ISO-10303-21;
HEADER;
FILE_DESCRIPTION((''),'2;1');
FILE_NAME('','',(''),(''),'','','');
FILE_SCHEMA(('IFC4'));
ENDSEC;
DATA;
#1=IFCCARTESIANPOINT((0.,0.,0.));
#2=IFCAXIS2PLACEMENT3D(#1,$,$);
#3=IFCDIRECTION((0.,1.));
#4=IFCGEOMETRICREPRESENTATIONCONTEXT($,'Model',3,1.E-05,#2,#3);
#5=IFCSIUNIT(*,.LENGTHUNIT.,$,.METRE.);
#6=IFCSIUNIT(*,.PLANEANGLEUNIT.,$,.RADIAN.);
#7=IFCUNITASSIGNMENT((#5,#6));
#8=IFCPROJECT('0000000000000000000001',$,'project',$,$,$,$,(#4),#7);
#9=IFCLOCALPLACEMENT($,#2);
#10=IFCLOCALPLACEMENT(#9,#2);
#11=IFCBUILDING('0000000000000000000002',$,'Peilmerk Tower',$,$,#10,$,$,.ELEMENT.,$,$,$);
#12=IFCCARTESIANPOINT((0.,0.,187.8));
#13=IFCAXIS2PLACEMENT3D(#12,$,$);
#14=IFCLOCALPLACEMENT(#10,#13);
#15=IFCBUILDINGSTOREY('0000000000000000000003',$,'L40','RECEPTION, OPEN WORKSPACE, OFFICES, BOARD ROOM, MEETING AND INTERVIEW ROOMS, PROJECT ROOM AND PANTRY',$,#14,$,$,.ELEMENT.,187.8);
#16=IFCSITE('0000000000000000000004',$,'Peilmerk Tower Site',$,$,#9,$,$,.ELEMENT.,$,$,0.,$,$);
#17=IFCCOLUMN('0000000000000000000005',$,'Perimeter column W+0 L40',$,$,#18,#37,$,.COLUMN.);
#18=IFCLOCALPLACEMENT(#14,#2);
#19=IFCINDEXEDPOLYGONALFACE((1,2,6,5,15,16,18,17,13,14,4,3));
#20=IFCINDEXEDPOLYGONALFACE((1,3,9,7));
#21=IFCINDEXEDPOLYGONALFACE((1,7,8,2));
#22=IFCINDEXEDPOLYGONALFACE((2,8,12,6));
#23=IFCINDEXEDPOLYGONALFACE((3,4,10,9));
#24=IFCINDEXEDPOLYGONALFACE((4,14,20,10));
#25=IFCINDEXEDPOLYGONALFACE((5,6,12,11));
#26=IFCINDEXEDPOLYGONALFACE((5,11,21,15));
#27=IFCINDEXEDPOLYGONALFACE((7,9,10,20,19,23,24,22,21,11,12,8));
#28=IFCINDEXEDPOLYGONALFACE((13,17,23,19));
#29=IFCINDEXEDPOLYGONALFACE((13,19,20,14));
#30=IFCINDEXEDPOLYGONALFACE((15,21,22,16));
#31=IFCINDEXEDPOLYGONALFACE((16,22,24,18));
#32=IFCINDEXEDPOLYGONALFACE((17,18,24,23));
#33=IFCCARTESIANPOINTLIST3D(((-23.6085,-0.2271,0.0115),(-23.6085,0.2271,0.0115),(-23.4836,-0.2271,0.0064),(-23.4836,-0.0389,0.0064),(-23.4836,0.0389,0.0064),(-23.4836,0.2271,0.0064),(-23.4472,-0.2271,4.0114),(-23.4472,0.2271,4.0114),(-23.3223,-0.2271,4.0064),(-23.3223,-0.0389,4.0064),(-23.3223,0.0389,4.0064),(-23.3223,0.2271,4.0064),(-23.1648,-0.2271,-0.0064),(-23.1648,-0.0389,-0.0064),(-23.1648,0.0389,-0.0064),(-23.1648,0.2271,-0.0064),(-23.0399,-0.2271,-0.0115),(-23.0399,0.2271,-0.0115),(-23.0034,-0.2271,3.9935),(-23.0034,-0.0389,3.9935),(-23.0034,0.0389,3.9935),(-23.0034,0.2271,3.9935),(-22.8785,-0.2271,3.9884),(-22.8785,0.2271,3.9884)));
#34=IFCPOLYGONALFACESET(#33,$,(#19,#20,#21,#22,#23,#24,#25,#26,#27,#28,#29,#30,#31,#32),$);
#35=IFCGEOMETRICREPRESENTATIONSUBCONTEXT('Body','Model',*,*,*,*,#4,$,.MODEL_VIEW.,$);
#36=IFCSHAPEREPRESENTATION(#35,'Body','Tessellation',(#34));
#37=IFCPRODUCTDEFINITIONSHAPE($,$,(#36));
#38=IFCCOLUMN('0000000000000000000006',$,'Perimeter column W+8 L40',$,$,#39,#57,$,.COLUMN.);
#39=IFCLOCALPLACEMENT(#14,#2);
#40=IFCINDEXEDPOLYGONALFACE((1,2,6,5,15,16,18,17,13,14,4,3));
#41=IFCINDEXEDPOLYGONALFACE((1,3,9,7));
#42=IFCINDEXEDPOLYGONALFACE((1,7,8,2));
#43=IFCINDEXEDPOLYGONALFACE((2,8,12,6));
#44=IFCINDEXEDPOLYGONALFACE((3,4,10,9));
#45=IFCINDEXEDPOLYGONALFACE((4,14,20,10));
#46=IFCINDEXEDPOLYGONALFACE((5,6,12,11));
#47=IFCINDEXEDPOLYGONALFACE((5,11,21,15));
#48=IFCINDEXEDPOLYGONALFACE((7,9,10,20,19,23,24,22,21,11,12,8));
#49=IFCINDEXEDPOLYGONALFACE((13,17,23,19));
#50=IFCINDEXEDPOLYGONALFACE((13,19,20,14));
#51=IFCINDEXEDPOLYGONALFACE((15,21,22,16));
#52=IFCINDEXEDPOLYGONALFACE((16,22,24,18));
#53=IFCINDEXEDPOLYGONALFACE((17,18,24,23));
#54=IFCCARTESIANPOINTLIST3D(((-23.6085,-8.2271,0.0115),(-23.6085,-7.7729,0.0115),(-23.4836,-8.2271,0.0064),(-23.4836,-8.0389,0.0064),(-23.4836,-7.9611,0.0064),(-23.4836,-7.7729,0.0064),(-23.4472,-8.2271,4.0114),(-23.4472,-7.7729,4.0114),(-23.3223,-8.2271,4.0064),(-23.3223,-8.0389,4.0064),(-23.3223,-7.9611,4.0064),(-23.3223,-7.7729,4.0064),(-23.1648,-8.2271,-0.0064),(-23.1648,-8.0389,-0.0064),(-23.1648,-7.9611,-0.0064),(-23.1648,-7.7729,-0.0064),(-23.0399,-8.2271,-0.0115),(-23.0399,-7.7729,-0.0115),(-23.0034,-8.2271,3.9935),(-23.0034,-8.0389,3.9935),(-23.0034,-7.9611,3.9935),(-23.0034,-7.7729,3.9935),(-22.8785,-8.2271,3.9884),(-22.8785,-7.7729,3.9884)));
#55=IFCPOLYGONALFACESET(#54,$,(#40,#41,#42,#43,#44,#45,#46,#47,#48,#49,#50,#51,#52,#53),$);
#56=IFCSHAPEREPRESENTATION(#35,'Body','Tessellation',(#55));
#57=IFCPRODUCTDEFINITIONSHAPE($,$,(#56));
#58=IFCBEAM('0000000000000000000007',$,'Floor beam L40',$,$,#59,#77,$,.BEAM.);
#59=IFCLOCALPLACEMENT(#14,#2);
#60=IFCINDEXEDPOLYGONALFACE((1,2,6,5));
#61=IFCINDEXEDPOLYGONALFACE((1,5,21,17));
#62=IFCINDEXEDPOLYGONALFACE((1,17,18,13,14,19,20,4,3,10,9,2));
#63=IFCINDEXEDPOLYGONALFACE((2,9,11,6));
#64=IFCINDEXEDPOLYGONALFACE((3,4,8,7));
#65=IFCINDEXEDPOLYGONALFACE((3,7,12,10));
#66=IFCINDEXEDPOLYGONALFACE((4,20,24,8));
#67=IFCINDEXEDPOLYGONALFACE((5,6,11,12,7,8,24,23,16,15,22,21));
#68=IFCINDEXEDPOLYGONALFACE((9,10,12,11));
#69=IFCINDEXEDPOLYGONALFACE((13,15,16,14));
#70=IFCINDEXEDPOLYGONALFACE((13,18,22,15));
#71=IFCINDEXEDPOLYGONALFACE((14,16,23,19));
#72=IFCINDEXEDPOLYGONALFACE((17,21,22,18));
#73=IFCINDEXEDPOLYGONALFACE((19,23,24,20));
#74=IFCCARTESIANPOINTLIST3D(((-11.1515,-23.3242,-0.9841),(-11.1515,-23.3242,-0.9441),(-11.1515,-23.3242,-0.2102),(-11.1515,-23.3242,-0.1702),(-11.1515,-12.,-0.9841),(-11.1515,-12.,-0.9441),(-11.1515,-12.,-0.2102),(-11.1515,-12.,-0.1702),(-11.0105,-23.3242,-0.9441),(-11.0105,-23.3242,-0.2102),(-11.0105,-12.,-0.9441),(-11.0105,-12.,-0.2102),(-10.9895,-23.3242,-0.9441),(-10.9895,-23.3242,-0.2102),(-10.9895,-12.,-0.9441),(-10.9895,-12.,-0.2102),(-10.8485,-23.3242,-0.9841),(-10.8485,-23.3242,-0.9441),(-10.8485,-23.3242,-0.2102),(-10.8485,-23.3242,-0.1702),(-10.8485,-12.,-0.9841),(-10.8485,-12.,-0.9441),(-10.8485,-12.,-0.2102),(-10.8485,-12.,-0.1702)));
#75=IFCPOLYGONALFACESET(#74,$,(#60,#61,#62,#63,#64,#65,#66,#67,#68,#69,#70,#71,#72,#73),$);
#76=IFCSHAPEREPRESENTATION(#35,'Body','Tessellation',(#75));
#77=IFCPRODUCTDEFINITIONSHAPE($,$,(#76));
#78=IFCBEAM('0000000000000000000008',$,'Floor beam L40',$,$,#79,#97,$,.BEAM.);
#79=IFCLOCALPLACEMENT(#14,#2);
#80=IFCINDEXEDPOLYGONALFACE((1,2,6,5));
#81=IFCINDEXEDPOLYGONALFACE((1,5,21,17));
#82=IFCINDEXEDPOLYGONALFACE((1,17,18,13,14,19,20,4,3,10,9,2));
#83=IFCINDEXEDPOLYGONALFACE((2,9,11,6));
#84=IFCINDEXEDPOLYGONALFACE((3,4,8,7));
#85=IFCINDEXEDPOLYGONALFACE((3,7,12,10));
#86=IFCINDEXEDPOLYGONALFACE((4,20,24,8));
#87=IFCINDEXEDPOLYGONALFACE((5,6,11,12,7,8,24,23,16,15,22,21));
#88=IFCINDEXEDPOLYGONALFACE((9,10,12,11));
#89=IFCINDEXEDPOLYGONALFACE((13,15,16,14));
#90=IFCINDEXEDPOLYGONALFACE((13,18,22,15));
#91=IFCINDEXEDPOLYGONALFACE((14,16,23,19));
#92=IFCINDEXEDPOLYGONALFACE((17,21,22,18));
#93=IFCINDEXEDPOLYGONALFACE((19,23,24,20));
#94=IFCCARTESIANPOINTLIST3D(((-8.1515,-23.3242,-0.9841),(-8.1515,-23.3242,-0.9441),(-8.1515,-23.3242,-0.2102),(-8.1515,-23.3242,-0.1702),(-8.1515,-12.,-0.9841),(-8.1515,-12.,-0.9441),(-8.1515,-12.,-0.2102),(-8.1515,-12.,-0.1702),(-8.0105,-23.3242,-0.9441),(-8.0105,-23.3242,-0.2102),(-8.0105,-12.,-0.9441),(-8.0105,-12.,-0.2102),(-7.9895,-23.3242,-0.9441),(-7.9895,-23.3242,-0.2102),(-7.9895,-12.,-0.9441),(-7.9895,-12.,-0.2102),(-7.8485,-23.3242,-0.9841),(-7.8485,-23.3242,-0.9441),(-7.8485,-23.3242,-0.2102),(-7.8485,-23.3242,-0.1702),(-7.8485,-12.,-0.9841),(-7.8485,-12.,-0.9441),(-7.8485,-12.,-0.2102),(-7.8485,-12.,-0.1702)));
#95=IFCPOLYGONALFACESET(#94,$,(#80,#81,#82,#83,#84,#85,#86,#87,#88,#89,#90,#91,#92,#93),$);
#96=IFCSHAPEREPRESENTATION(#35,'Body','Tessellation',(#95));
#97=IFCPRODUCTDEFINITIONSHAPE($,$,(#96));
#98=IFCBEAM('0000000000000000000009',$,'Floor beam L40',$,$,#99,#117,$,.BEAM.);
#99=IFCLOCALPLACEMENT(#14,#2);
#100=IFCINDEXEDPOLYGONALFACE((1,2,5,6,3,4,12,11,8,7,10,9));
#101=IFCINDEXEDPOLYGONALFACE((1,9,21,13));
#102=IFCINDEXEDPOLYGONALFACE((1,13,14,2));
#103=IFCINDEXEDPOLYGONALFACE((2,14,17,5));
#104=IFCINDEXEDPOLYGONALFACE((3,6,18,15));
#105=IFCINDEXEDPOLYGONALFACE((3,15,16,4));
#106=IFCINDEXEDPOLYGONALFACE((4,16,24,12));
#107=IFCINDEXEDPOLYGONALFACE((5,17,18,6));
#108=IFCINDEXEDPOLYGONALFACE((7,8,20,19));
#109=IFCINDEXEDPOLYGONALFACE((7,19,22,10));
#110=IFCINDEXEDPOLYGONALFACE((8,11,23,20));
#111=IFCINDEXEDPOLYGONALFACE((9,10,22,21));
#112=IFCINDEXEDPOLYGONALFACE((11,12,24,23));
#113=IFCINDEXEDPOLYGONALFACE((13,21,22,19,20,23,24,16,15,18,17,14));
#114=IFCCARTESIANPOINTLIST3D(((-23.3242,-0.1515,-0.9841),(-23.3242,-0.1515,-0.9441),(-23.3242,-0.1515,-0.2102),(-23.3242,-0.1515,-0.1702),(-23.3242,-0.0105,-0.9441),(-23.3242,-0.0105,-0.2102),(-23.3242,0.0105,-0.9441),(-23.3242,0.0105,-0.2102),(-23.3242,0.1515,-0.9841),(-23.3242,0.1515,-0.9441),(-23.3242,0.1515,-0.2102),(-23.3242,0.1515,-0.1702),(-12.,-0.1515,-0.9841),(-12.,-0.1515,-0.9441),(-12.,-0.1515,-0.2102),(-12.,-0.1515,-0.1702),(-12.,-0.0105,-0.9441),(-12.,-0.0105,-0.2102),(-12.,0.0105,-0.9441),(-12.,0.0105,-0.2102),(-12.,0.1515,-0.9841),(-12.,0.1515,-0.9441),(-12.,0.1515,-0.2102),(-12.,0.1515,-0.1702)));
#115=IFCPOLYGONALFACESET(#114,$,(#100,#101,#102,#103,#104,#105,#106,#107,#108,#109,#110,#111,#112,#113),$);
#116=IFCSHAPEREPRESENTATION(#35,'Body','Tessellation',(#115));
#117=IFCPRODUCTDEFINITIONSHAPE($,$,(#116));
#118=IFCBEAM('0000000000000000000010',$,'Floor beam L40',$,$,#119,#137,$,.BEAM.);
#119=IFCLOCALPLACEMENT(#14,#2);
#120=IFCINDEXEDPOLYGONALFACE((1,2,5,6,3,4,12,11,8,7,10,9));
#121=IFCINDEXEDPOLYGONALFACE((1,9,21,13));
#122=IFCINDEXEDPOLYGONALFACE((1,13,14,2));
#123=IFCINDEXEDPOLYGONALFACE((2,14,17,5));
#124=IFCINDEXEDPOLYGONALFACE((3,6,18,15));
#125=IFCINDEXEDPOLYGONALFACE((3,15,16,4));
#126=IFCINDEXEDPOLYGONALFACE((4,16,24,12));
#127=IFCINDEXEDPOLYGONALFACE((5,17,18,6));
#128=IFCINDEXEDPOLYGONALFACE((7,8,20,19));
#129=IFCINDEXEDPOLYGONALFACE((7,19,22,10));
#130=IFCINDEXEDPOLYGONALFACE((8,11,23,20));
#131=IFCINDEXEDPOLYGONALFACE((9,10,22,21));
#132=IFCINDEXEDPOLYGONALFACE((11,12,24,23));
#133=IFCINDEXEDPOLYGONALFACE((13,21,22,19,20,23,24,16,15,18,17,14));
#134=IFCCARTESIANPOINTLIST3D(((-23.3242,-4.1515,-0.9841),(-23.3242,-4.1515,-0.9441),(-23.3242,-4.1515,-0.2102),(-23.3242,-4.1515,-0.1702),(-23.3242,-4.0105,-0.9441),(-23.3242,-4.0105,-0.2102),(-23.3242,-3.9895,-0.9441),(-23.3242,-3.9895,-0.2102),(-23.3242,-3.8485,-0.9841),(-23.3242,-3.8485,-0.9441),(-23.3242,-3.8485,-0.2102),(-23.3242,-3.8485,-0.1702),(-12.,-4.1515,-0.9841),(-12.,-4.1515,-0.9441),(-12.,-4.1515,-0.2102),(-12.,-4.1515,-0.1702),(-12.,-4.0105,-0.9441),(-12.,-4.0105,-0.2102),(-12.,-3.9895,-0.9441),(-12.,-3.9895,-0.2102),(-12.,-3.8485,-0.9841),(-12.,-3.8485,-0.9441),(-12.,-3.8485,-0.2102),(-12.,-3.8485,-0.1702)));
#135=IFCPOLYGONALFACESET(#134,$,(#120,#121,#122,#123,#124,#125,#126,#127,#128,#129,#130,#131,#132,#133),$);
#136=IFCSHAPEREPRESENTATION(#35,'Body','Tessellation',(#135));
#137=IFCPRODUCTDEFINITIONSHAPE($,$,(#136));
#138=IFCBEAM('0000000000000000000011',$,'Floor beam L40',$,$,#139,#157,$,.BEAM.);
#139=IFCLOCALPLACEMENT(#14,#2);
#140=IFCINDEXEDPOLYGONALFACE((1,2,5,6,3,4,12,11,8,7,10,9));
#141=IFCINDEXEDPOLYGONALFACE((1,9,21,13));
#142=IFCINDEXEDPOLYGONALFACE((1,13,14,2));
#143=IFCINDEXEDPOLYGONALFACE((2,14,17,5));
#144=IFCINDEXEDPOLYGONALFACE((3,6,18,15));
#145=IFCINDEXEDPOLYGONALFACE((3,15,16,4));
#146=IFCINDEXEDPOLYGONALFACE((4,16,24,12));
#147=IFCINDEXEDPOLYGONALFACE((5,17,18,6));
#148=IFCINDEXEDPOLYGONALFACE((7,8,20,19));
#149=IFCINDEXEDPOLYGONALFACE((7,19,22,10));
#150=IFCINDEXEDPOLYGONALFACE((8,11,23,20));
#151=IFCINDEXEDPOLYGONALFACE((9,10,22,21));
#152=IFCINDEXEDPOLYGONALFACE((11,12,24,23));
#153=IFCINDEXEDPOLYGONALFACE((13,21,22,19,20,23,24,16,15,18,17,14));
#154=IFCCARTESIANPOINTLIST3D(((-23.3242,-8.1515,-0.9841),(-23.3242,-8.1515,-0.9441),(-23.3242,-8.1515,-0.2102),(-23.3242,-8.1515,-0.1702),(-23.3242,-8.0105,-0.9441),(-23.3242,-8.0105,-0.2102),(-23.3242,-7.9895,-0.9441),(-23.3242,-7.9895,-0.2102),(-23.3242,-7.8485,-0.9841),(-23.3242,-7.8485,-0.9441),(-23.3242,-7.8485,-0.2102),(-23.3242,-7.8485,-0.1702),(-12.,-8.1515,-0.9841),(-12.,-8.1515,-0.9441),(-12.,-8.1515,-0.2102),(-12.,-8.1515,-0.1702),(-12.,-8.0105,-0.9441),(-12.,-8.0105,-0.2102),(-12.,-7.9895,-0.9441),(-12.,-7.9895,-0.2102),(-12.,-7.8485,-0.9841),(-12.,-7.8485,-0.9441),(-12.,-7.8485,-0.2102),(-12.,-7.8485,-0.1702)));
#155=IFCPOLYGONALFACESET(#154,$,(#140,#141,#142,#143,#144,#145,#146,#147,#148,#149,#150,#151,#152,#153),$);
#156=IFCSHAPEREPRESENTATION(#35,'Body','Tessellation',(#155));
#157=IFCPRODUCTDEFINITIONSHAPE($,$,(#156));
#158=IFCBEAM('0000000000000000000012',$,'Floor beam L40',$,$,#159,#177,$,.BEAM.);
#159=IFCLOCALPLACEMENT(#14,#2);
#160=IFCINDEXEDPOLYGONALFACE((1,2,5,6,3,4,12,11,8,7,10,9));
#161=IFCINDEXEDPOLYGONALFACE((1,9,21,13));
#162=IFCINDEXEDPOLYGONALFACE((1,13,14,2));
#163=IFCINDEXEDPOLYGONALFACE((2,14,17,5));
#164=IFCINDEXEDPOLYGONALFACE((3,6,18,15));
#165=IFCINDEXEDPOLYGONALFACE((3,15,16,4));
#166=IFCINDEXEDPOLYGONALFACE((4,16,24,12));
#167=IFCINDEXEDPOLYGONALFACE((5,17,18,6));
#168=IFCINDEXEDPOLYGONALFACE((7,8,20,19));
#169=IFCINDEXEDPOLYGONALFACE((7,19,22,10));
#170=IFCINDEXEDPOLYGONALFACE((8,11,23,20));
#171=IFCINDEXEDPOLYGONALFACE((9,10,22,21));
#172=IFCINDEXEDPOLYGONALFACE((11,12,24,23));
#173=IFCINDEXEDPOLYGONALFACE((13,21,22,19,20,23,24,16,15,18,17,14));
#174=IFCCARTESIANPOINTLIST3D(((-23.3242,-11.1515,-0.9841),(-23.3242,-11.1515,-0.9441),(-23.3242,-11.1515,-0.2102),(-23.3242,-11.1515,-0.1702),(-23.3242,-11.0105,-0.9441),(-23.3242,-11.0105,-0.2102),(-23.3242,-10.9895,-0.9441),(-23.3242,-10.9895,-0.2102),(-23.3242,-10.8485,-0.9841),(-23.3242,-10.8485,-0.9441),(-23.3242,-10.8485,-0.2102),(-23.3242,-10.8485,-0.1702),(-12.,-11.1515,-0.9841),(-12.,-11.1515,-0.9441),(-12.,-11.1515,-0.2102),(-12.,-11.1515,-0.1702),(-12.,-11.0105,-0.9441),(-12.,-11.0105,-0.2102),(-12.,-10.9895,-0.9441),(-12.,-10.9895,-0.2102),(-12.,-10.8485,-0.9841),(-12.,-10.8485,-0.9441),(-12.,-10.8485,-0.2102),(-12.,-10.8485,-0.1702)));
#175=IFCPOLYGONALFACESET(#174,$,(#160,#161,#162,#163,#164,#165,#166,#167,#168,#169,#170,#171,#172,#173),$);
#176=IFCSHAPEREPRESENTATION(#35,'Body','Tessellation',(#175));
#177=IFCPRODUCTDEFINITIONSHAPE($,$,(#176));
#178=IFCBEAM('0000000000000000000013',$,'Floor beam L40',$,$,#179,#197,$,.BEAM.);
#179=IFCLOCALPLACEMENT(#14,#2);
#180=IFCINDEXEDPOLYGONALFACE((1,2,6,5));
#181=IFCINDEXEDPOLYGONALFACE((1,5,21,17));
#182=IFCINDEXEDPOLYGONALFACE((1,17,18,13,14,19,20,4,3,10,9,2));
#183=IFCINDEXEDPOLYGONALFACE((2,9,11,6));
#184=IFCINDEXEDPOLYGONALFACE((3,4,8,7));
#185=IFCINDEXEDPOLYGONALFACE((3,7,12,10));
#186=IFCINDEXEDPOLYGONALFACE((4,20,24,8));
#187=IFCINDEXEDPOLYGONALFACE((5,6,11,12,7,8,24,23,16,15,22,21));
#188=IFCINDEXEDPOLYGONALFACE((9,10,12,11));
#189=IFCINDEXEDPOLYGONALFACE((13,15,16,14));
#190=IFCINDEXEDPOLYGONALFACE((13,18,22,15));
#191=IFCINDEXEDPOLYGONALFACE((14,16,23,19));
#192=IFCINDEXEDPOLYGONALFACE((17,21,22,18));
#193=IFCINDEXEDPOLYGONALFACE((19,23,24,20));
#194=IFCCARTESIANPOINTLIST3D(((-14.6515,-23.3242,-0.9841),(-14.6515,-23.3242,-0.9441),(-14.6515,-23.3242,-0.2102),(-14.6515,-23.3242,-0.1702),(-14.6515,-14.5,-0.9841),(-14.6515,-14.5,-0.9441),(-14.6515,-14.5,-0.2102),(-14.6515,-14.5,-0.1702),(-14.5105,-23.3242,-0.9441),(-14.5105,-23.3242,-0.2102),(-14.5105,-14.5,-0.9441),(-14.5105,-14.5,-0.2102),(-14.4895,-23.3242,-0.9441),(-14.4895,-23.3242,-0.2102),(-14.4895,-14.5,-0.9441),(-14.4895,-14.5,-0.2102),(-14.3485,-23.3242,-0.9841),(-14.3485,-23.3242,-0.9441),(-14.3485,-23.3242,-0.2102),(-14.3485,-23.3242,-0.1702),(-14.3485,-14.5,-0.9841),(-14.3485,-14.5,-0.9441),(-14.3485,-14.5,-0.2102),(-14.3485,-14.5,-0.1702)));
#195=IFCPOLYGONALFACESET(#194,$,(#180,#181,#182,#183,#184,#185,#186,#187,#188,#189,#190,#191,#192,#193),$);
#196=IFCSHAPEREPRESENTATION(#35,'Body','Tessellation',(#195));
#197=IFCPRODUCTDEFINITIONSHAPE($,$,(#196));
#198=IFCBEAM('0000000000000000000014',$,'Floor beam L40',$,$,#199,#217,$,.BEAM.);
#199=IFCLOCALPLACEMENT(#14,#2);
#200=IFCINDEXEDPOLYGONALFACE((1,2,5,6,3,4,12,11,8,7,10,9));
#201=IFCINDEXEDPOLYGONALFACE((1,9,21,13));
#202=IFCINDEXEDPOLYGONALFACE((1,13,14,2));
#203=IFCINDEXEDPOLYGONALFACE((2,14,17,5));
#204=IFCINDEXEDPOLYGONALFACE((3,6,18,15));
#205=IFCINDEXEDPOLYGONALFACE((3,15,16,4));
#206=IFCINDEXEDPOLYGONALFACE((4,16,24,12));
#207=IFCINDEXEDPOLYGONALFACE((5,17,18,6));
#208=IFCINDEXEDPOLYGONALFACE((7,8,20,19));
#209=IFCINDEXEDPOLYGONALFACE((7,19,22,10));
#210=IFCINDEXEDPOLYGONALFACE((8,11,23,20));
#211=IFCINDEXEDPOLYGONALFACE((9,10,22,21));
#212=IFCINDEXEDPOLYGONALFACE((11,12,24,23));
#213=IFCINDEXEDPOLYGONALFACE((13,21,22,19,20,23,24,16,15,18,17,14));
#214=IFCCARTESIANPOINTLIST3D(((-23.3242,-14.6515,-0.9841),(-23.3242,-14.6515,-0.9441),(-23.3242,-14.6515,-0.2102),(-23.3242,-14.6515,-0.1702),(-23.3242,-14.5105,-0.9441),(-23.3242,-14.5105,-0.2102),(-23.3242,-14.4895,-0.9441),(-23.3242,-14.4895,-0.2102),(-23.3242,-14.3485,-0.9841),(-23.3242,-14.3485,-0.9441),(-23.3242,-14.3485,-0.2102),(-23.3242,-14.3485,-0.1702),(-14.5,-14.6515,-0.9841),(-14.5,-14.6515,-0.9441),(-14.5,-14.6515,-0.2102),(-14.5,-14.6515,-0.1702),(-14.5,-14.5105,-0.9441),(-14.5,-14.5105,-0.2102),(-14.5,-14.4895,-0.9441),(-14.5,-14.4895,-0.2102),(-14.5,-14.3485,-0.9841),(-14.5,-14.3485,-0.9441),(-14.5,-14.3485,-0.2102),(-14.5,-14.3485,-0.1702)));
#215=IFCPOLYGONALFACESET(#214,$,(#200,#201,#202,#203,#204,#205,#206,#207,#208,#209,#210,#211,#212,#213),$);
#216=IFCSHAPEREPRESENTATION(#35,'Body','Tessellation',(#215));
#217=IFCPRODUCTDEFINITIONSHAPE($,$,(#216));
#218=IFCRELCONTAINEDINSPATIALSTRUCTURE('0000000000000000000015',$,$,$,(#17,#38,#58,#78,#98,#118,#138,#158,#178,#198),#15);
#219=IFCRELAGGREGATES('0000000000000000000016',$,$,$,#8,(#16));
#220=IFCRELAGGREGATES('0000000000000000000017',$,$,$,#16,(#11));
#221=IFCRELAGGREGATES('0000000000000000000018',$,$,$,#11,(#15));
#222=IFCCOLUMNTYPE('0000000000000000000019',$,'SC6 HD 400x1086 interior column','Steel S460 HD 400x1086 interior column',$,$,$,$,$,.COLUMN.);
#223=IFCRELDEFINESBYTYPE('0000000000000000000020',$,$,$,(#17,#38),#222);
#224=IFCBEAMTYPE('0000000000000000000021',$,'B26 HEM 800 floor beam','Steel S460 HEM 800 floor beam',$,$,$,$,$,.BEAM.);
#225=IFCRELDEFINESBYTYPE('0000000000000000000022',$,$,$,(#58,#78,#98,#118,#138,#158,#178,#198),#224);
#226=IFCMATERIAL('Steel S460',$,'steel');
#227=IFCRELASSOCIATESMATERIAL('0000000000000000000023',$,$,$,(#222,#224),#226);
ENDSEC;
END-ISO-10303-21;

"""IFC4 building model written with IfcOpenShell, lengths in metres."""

from ifc_helpers import new_model, si_unit, direction, frame, origin, origin_2d, place, context, subcontext, project, spatial, i_section, extrude, material, material_profile, profile_set, type_object, element, save


model = new_model("IFC4")

# Units and contexts
model_context = context("Model", 3, precision=1e-05, world=origin(), true_north=direction((0.0, 1.0)))
body_context = subcontext(model_context, "Body", "Model", "MODEL_VIEW")
ifc_project = project(units=[si_unit("LENGTHUNIT", "METRE"), si_unit("PLANEANGLEUNIT", "RADIAN")], contexts=[model_context])

# Site, building, storey
site_placement = place(None, origin())
site = spatial("IfcSite", under=ifc_project, at=site_placement, Name="Peilmerk Tower Site", CompositionType="ELEMENT", RefElevation=0.0)
building_placement = place(site_placement, origin())
building = spatial("IfcBuilding", under=site, at=building_placement, Name="Peilmerk Tower", CompositionType="ELEMENT")
storey_placement = place(building_placement, frame((0.0, 0.0, 187.8)))
storey = spatial("IfcBuildingStorey", under=building, at=storey_placement, Name="L40", Description="RECEPTION, OPEN WORKSPACE, OFFICES, BOARD ROOM, MEETING AND INTERVIEW ROOMS, PROJECT ROOM AND PANTRY", CompositionType="ELEMENT", Elevation=187.8)

# Columns
ifc_material_1 = material(Name="Steel S460", Category="steel")
ifc_material_profile_1 = material_profile(ifc_material_1, i_section(OverallWidth=0.4541, OverallDepth=0.5691, WebThickness=0.0779, FlangeThickness=0.125, at=origin_2d()), Name="HD 400x1086")
ifc_profile_set_1 = profile_set([ifc_material_profile_1], Name="Steel S460")
column_type = type_object("IfcColumnType", Name="SC6 HD 400x1086 interior column", Description="Steel S460 HD 400x1086 interior column", PredefinedType="COLUMN", material=ifc_profile_set_1)
for number, where, z_axis, x_axis, name in (
    (1, (-23.3242, 0.0, 0.0), (0.040311, 0.0, 0.999187), (0.0, 1.0, 0.0), "Perimeter column W+0 L40"),
    (2, (-23.3242, -8.0, 0.0), (0.040311, 0.0, 0.999187), (0.0, 1.0, 0.0), "Perimeter column W+8 L40"),
):
    element("IfcColumn", number, at=place(storey_placement, frame(where, z_axis=z_axis, x_axis=x_axis)), inside=storey, type_object=column_type, Name=name, PredefinedType="COLUMN", context=body_context, shape_type="SweptSolid", body=[
        extrude(i_section(OverallWidth=0.4541, OverallDepth=0.5691, WebThickness=0.0779, FlangeThickness=0.125, at=origin_2d()), origin(), (0.0, 0.0, 1.0), 4.0032),
    ])

# Beams
ifc_material_profile_2 = material_profile(ifc_material_1, i_section(OverallWidth=0.303, OverallDepth=0.814, WebThickness=0.021, FlangeThickness=0.04, at=origin_2d()), Name="HEM 800")
ifc_profile_set_2 = profile_set([ifc_material_profile_2], Name="Steel S460")
beam_type_1 = type_object("IfcBeamType", Name="B26 HEM 800 floor beam", Description="Steel S460 HEM 800 floor beam", PredefinedType="BEAM", material=ifc_profile_set_2)
for number, where, z_axis, x_axis, name in (
    (3, (-11.0, -12.0, -0.5771), (0.0, -1.0, 0.0), (1.0, 0.0, 0.0), "Floor beam L40"),
    (4, (-8.0, -12.0, -0.5771), (0.0, -1.0, 0.0), (1.0, 0.0, 0.0), "Floor beam L40"),
    (5, (-12.0, 0.0, -0.5771), (-1.0, 0.0, 0.0), (0.0, -1.0, 0.0), "Floor beam L40"),
    (6, (-12.0, -4.0, -0.5771), (-1.0, 0.0, 0.0), (0.0, -1.0, 0.0), "Floor beam L40"),
    (7, (-12.0, -8.0, -0.5771), (-1.0, 0.0, 0.0), (0.0, -1.0, 0.0), "Floor beam L40"),
    (8, (-12.0, -11.0, -0.5771), (-1.0, 0.0, 0.0), (0.0, -1.0, 0.0), "Floor beam L40"),
):
    element("IfcBeam", number, at=place(storey_placement, frame(where, z_axis=z_axis, x_axis=x_axis)), inside=storey, type_object=beam_type_1, Name=name, PredefinedType="BEAM", context=body_context, shape_type="SweptSolid", body=[
        extrude(i_section(OverallWidth=0.303, OverallDepth=0.814, WebThickness=0.021, FlangeThickness=0.04, at=origin_2d()), origin(), (0.0, 0.0, 1.0), 11.3242),
    ])
for number, where, z_axis, x_axis, name in (
    (9, (-14.5, -14.5, -0.5771), (0.0, -1.0, 0.0), (1.0, 0.0, 0.0), "Floor beam L40"),
    (10, (-14.5, -14.5, -0.5771), (-1.0, 0.0, 0.0), (0.0, -1.0, 0.0), "Floor beam L40"),
):
    element("IfcBeam", number, at=place(storey_placement, frame(where, z_axis=z_axis, x_axis=x_axis)), inside=storey, type_object=beam_type_1, Name=name, PredefinedType="BEAM", context=body_context, shape_type="SweptSolid", body=[
        extrude(i_section(OverallWidth=0.303, OverallDepth=0.814, WebThickness=0.021, FlangeThickness=0.04, at=origin_2d()), origin(), (0.0, 0.0, 1.0), 8.8242),
    ])

save(model, "model.ifc")
